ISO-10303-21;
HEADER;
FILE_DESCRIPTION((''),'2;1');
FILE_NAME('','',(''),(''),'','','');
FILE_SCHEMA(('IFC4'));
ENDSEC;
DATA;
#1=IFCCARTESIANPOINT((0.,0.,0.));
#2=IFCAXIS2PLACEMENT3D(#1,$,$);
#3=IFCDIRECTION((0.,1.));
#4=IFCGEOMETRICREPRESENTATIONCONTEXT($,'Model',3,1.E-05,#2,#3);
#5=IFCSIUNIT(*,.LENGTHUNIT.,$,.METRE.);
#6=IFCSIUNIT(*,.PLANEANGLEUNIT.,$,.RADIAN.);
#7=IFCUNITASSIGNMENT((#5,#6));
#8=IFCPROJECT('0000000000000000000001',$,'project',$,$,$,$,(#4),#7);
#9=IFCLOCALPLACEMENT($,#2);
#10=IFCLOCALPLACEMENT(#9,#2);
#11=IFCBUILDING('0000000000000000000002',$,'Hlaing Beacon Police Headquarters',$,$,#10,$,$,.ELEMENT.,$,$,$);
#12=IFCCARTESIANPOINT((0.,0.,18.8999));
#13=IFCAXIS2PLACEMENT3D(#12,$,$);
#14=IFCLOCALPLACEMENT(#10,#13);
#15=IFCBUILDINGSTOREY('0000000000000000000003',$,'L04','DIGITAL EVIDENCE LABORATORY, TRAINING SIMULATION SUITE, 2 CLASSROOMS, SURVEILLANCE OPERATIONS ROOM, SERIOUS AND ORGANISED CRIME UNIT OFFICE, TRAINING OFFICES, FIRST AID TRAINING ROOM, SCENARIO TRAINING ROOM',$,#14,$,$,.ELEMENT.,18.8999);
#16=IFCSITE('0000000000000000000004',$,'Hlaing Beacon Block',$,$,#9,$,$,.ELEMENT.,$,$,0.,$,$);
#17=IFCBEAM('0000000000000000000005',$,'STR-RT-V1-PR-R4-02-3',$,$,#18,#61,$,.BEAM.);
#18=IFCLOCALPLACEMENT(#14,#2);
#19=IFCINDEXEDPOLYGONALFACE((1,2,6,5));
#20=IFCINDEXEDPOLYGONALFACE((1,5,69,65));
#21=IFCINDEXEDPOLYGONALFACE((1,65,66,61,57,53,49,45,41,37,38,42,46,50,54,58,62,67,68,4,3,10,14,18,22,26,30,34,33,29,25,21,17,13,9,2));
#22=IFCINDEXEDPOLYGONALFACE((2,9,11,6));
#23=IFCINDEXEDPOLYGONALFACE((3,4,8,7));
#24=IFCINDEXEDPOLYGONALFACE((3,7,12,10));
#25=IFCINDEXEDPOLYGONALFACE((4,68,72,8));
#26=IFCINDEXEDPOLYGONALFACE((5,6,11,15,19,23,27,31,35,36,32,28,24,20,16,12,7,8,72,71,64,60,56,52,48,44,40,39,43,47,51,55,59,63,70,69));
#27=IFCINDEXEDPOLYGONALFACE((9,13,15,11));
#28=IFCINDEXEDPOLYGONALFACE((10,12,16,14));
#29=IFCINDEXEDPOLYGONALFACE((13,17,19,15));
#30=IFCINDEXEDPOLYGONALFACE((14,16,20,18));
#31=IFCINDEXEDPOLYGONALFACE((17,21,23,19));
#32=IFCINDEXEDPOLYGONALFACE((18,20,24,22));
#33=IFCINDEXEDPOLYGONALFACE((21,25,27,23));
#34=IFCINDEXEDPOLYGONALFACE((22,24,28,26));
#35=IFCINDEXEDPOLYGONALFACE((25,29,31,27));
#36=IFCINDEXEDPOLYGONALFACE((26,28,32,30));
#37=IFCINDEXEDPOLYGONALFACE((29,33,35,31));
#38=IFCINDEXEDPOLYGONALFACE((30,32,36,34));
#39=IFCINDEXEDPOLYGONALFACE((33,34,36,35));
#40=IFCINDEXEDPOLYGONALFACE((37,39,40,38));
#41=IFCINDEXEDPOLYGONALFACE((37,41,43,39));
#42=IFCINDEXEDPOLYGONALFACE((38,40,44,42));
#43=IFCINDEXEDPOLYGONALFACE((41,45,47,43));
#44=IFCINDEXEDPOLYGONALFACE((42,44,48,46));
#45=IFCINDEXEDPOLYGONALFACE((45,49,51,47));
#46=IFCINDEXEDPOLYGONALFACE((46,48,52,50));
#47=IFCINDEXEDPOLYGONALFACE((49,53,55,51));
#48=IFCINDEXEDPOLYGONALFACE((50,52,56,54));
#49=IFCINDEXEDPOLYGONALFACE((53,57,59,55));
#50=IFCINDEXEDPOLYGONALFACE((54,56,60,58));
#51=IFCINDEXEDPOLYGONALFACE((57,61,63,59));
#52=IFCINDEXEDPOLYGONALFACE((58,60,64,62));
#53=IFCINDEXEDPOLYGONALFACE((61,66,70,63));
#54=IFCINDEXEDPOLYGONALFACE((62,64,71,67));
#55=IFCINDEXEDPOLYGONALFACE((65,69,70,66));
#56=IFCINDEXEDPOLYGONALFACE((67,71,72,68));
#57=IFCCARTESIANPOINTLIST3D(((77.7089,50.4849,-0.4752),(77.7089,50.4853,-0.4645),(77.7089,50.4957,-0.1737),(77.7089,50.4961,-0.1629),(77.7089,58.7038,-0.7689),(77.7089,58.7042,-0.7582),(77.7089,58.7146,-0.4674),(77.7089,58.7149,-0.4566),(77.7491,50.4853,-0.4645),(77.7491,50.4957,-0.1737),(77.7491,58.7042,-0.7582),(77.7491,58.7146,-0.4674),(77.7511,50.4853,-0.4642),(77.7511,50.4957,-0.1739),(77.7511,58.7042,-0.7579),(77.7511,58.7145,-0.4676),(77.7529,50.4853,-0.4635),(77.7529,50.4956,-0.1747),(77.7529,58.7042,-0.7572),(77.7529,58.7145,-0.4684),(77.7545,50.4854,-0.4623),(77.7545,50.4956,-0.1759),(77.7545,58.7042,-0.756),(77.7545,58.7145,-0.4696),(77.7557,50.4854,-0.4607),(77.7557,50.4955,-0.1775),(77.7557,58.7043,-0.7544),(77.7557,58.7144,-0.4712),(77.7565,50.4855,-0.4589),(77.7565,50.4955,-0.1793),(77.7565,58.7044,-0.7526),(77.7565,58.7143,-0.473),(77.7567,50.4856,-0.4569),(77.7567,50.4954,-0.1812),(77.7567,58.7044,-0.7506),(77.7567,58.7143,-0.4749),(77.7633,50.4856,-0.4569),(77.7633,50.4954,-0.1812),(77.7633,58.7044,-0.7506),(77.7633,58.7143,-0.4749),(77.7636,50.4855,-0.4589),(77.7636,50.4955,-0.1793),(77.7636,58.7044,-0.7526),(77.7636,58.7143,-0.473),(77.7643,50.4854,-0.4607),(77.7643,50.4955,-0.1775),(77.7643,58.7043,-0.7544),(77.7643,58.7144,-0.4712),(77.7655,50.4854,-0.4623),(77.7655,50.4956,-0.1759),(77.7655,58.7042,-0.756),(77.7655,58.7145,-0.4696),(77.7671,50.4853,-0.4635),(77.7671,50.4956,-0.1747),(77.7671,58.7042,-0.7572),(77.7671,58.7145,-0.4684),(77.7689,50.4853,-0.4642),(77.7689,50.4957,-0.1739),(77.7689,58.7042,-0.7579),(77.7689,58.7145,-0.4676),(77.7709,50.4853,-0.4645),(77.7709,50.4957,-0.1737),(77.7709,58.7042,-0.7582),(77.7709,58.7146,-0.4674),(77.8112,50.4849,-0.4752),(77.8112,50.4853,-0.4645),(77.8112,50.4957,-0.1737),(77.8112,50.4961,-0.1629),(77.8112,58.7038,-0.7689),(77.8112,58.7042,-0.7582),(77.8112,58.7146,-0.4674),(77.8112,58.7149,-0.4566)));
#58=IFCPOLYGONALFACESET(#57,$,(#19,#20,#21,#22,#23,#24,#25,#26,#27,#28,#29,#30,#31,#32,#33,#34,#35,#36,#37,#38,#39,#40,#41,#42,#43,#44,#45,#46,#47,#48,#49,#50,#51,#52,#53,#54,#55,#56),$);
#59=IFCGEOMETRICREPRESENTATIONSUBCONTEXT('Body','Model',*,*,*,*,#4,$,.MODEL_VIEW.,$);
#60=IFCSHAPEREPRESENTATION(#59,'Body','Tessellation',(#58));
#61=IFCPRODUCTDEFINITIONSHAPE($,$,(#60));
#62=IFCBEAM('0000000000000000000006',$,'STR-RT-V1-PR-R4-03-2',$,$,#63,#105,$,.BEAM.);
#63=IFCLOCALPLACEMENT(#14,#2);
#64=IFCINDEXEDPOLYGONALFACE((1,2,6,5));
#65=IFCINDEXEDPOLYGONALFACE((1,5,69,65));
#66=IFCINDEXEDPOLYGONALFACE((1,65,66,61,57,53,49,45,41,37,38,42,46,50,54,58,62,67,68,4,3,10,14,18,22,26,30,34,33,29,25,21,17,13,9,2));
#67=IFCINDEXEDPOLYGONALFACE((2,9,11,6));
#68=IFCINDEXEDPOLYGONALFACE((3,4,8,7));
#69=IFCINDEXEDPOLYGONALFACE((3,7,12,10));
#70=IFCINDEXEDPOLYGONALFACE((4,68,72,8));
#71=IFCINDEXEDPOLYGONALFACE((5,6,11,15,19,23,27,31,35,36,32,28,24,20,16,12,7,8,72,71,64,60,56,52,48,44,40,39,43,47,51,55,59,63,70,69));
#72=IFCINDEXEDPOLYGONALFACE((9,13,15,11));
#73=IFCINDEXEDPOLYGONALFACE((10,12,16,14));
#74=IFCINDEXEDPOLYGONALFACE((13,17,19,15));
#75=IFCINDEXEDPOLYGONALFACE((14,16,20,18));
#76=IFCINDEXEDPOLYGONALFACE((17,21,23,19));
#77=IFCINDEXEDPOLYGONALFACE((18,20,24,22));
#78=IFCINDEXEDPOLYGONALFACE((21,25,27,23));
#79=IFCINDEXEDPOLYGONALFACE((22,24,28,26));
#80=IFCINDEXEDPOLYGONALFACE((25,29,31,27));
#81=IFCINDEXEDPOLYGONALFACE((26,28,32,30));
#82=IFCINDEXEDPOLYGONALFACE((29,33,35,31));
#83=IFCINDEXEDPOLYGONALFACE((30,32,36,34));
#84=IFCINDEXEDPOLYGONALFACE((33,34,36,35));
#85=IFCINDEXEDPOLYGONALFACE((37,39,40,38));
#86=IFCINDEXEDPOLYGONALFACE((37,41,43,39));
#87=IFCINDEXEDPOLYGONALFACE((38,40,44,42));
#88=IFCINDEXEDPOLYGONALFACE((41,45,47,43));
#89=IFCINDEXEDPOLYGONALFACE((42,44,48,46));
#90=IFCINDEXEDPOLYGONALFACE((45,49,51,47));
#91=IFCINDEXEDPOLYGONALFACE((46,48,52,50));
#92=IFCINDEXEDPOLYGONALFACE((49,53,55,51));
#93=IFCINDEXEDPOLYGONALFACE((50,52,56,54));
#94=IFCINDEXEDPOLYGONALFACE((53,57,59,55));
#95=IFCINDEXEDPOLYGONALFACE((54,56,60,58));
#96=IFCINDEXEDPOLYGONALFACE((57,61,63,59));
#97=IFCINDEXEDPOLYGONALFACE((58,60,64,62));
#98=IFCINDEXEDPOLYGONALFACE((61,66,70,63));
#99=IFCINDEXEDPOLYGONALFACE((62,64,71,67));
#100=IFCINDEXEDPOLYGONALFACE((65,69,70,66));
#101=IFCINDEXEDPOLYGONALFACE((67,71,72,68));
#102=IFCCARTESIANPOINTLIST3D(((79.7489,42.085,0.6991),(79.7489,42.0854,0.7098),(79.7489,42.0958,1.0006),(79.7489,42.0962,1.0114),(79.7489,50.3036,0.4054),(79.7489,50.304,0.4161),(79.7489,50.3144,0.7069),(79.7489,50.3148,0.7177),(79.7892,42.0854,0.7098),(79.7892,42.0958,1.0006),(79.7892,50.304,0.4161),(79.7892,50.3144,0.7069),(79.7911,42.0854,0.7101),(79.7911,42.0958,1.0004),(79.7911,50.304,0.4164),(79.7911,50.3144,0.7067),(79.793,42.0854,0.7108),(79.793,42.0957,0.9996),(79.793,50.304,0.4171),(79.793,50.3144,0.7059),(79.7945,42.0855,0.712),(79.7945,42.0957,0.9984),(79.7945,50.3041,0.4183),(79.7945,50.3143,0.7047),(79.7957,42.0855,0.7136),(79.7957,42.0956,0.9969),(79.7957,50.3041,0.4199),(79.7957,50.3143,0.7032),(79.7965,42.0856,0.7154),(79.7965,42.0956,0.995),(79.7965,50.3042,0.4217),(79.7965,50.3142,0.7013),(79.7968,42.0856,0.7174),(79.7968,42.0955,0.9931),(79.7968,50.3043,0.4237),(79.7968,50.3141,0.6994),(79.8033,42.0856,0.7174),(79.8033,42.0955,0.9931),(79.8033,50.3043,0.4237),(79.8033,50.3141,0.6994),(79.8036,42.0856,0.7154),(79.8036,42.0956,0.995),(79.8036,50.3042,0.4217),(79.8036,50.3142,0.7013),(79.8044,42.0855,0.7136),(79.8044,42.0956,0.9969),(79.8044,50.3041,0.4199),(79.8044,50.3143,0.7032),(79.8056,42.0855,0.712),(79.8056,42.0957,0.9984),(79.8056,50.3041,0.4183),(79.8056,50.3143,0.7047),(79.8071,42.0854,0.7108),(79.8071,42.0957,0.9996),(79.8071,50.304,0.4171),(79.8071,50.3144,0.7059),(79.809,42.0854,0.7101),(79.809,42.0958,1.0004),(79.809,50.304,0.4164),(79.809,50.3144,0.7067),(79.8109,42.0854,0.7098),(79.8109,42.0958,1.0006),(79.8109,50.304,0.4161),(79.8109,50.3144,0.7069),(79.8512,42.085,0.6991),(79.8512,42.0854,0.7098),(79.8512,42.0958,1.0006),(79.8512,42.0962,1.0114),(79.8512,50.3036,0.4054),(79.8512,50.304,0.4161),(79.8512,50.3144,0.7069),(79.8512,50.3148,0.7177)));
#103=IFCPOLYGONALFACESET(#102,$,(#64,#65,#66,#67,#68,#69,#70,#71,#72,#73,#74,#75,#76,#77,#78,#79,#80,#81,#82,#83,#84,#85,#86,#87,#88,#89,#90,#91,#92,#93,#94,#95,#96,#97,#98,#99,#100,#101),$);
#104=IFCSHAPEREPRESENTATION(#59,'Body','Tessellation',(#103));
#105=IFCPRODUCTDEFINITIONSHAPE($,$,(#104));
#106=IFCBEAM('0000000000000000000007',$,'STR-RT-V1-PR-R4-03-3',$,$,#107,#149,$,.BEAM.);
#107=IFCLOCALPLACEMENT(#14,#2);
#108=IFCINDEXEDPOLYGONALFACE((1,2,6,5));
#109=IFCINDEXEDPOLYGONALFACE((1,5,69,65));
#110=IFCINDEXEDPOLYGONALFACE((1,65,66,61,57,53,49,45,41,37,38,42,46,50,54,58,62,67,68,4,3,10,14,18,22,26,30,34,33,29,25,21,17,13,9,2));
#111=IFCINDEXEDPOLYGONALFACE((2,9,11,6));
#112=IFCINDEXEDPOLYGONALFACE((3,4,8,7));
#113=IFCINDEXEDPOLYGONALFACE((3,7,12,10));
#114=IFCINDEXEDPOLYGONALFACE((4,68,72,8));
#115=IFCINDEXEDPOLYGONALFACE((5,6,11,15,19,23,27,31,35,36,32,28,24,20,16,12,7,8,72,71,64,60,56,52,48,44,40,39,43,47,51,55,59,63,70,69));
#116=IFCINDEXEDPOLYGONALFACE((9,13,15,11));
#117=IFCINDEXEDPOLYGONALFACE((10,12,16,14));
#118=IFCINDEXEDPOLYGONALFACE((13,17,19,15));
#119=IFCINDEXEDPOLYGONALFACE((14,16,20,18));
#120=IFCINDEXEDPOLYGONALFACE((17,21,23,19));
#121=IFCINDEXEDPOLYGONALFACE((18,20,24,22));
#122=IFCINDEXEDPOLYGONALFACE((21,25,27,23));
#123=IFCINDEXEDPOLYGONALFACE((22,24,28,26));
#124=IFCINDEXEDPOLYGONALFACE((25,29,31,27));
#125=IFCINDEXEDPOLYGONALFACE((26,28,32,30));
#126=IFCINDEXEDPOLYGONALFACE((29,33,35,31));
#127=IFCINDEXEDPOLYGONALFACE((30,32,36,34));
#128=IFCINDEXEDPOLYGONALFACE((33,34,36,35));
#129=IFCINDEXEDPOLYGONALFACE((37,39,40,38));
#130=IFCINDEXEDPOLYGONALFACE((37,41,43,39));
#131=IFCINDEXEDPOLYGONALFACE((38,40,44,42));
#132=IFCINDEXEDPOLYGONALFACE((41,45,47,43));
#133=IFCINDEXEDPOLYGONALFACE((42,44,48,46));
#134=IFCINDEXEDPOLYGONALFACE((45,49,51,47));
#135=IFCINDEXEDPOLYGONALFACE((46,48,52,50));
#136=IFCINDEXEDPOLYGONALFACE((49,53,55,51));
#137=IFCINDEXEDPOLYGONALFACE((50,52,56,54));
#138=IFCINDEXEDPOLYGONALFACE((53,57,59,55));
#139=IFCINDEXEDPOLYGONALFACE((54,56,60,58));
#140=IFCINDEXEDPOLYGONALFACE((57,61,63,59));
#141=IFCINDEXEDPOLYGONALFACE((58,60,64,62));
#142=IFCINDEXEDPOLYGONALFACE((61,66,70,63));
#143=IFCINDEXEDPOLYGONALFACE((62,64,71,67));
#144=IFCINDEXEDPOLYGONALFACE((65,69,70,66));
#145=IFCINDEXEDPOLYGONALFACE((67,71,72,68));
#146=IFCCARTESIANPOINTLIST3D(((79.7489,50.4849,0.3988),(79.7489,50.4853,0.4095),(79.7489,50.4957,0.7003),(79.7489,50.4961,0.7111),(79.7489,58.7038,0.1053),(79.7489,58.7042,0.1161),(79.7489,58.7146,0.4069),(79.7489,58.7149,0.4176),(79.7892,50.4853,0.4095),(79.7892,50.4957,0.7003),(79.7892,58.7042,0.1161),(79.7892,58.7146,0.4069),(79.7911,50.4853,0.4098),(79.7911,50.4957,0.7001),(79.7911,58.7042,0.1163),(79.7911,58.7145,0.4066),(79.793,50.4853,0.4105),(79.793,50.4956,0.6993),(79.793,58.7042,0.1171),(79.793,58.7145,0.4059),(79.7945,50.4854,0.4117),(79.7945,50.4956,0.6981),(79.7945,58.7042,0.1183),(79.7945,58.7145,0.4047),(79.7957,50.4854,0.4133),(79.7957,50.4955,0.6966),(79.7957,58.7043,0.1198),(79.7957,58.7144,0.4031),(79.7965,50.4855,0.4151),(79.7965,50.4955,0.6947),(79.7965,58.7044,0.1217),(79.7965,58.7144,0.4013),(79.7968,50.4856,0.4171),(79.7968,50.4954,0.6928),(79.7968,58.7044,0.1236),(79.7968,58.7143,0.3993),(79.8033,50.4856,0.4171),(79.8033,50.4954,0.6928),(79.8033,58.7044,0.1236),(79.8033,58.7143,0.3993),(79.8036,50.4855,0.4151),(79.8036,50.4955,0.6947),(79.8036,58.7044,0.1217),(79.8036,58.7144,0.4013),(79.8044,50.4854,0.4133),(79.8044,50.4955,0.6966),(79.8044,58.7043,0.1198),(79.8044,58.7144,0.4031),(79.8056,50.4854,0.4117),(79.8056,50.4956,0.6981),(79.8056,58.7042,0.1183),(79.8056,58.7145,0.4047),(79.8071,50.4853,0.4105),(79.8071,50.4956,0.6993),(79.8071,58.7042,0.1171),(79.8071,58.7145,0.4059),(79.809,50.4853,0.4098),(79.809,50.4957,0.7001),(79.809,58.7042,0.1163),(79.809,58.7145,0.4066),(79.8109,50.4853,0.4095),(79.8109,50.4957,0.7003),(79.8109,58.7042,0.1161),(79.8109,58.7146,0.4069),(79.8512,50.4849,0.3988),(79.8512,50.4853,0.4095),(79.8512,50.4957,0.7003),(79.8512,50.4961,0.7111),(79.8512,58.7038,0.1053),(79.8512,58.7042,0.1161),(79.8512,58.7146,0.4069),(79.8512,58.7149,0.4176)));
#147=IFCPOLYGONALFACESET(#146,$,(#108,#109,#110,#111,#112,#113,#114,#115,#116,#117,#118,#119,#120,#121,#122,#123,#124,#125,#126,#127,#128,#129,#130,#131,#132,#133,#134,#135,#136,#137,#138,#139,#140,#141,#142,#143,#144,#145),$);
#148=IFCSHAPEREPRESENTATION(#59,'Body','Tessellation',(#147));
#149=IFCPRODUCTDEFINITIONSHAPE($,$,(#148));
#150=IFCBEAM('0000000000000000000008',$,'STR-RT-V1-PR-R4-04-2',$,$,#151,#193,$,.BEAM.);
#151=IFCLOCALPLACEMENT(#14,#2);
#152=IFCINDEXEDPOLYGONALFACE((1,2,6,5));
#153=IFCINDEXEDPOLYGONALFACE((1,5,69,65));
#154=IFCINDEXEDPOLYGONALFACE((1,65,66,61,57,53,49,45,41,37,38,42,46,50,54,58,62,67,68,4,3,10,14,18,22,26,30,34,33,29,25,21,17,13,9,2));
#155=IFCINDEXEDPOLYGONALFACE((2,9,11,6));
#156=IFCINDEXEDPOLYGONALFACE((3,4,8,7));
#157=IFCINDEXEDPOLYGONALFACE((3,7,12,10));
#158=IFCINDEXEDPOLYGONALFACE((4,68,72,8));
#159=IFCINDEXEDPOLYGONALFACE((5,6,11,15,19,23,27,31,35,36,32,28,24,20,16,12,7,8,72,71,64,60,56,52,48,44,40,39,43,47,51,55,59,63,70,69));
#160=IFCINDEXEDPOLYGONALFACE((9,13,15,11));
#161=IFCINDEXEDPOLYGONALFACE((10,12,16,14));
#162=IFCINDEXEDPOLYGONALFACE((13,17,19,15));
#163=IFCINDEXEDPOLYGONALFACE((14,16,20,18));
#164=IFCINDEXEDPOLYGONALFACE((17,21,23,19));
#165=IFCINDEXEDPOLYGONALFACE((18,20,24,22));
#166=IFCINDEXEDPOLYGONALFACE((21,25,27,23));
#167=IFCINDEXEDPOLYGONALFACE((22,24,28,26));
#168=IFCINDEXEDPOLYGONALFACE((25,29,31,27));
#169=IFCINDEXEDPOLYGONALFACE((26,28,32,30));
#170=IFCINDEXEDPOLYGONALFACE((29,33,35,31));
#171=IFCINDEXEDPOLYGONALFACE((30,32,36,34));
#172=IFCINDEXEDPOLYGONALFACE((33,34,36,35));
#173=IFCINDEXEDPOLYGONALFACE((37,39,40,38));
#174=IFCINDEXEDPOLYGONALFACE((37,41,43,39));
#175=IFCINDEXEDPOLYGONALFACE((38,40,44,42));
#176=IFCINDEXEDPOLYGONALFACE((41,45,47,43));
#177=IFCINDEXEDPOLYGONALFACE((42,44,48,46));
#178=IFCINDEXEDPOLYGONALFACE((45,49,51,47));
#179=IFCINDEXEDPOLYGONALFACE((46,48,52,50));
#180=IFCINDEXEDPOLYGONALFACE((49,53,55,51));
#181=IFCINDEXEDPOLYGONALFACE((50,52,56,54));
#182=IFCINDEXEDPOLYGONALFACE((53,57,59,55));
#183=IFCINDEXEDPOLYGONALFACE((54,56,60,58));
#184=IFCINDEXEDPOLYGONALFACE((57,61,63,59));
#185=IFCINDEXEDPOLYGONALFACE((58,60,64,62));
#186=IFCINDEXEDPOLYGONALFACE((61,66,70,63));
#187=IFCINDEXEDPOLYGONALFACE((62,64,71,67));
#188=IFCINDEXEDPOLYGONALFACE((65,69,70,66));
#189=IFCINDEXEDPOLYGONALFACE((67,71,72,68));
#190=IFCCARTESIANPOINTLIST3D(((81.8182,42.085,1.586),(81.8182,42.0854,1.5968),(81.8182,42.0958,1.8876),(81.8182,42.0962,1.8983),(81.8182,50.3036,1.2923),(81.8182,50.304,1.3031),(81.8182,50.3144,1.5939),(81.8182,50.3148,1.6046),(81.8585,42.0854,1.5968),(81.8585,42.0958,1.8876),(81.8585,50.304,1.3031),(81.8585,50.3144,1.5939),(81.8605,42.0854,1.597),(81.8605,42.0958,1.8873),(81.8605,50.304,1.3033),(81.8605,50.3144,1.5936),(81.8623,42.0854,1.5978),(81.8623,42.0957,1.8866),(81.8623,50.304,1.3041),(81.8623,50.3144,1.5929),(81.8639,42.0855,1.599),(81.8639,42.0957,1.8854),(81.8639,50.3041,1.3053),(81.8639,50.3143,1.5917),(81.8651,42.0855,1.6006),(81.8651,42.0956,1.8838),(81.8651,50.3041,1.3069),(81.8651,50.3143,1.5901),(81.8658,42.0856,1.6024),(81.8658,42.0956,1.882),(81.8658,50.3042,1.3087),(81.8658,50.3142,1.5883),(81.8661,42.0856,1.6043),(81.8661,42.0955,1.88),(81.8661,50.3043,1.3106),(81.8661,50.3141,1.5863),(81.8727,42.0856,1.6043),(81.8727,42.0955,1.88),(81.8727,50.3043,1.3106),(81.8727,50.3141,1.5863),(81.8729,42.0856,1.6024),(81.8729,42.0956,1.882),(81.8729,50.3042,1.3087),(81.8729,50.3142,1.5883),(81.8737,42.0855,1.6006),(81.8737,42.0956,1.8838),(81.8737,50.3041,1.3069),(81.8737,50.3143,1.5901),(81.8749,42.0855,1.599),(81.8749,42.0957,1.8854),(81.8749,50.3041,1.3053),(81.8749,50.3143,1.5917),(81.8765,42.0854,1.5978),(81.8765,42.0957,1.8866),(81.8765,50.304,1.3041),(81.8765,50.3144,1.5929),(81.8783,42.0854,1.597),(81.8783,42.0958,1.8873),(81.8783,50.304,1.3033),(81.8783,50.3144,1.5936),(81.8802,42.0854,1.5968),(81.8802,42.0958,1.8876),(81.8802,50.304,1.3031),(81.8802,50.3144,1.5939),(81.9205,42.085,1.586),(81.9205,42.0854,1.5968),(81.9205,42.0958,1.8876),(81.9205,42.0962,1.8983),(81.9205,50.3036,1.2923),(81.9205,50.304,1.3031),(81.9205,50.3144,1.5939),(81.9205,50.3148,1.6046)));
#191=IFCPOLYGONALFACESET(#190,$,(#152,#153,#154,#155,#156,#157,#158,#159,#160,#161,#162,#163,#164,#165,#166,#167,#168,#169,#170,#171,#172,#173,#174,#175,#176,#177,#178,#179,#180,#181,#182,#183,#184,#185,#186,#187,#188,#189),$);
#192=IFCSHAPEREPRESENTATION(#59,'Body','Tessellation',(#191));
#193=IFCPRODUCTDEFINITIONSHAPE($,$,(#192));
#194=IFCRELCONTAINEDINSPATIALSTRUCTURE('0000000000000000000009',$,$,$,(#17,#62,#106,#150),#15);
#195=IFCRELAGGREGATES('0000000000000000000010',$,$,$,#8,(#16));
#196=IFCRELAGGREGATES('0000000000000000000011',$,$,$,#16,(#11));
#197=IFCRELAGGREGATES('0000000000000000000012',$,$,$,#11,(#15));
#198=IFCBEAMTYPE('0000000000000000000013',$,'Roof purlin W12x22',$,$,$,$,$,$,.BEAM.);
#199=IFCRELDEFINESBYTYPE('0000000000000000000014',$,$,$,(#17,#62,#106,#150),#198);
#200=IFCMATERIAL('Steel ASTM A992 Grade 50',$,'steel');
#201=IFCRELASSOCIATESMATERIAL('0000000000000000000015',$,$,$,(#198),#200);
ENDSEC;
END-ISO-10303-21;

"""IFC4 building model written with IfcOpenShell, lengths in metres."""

from ifc_helpers import new_model, si_unit, direction, frame, origin, origin_2d, place, context, subcontext, project, spatial, i_section, extrude, material, material_profile, profile_set, type_object, element, save


model = new_model("IFC4")

# Units and contexts
model_context = context("Model", 3, precision=1e-05, world=origin(), true_north=direction((0.0, 1.0)))
body_context = subcontext(model_context, "Body", "Model", "MODEL_VIEW")
ifc_project = project(units=[si_unit("LENGTHUNIT", "METRE"), si_unit("PLANEANGLEUNIT", "RADIAN")], contexts=[model_context])

# Site, building, storey
site_placement = place(None, origin())
site = spatial("IfcSite", under=ifc_project, at=site_placement, Name="Hlaing Beacon Block", CompositionType="ELEMENT", RefElevation=0.0)
building_placement = place(site_placement, origin())
building = spatial("IfcBuilding", under=site, at=building_placement, Name="Hlaing Beacon Police Headquarters", CompositionType="ELEMENT")
storey_placement = place(building_placement, frame((0.0, 0.0, 18.8999)))
storey = spatial("IfcBuildingStorey", under=building, at=storey_placement, Name="L04", Description="DIGITAL EVIDENCE LABORATORY, TRAINING SIMULATION SUITE, 2 CLASSROOMS, SURVEILLANCE OPERATIONS ROOM, SERIOUS AND ORGANISED CRIME UNIT OFFICE, TRAINING OFFICES, FIRST AID TRAINING ROOM, SCENARIO TRAINING ROOM", CompositionType="ELEMENT", Elevation=18.8999)

# Beams
ifc_material_1 = material(Name="Steel ASTM A992 Grade 50", Category="steel")
ifc_material_profile_1 = material_profile(ifc_material_1, i_section(OverallWidth=0.1023, OverallDepth=0.3125, WebThickness=0.0066, FlangeThickness=0.0107, FilletRadius=0.0076, at=origin_2d()), Name="W12x22")
ifc_profile_set_1 = profile_set([ifc_material_profile_1], Name="Steel ASTM A992 Grade 50")
beam_type_1 = type_object("IfcBeamType", Name="Roof purlin W12x22", PredefinedType="BEAM", material=ifc_profile_set_1)
beam_1_placement = place(storey_placement, frame((77.76, 50.4905, -0.3191), z_axis=(0.0, 0.999362, -0.035712), x_axis=(-1.0, 0.0, 0.0)))
element("IfcBeam", 1, at=beam_1_placement, inside=storey, type_object=beam_type_1, Name="STR-RT-V1-PR-R4-02-3", PredefinedType="BEAM", context=body_context, shape_type="SweptSolid", body=[
    extrude(i_section(OverallWidth=0.1023, OverallDepth=0.3125, WebThickness=0.0066, FlangeThickness=0.0107, FilletRadius=0.0076, at=origin_2d()), origin(), (0.0, 0.0, 1.0), 8.2241),
])
beam_2_placement = place(storey_placement, frame((79.8, 42.0906, 0.8552), z_axis=(0.0, 0.999362, -0.035713), x_axis=(-1.0, 0.0, 0.0)))
element("IfcBeam", 2, at=beam_2_placement, inside=storey, type_object=beam_type_1, Name="STR-RT-V1-PR-R4-03-2", PredefinedType="BEAM", context=body_context, shape_type="SweptSolid", body=[
    extrude(i_section(OverallWidth=0.1023, OverallDepth=0.3125, WebThickness=0.0066, FlangeThickness=0.0107, FilletRadius=0.0076, at=origin_2d()), origin(), (0.0, 0.0, 1.0), 8.2239),
])
beam_3_placement = place(storey_placement, frame((79.8, 50.4905, 0.5549), z_axis=(0.0, 0.999363, -0.035682), x_axis=(-1.0, 0.0, 0.0)))
element("IfcBeam", 3, at=beam_3_placement, inside=storey, type_object=beam_type_1, Name="STR-RT-V1-PR-R4-03-3", PredefinedType="BEAM", context=body_context, shape_type="SweptSolid", body=[
    extrude(i_section(OverallWidth=0.1023, OverallDepth=0.3125, WebThickness=0.0066, FlangeThickness=0.0107, FilletRadius=0.0076, at=origin_2d()), origin(), (0.0, 0.0, 1.0), 8.2241),
])
beam_4_placement = place(storey_placement, frame((81.8694, 42.0906, 1.7422), z_axis=(0.0, 0.999362, -0.035713), x_axis=(-1.0, 0.0, 0.0)))
element("IfcBeam", 4, at=beam_4_placement, inside=storey, type_object=beam_type_1, Name="STR-RT-V1-PR-R4-04-2", PredefinedType="BEAM", context=body_context, shape_type="SweptSolid", body=[
    extrude(i_section(OverallWidth=0.1023, OverallDepth=0.3125, WebThickness=0.0066, FlangeThickness=0.0107, FilletRadius=0.0076, at=origin_2d()), origin(), (0.0, 0.0, 1.0), 8.2239),
])

save(model, "model.ifc")
